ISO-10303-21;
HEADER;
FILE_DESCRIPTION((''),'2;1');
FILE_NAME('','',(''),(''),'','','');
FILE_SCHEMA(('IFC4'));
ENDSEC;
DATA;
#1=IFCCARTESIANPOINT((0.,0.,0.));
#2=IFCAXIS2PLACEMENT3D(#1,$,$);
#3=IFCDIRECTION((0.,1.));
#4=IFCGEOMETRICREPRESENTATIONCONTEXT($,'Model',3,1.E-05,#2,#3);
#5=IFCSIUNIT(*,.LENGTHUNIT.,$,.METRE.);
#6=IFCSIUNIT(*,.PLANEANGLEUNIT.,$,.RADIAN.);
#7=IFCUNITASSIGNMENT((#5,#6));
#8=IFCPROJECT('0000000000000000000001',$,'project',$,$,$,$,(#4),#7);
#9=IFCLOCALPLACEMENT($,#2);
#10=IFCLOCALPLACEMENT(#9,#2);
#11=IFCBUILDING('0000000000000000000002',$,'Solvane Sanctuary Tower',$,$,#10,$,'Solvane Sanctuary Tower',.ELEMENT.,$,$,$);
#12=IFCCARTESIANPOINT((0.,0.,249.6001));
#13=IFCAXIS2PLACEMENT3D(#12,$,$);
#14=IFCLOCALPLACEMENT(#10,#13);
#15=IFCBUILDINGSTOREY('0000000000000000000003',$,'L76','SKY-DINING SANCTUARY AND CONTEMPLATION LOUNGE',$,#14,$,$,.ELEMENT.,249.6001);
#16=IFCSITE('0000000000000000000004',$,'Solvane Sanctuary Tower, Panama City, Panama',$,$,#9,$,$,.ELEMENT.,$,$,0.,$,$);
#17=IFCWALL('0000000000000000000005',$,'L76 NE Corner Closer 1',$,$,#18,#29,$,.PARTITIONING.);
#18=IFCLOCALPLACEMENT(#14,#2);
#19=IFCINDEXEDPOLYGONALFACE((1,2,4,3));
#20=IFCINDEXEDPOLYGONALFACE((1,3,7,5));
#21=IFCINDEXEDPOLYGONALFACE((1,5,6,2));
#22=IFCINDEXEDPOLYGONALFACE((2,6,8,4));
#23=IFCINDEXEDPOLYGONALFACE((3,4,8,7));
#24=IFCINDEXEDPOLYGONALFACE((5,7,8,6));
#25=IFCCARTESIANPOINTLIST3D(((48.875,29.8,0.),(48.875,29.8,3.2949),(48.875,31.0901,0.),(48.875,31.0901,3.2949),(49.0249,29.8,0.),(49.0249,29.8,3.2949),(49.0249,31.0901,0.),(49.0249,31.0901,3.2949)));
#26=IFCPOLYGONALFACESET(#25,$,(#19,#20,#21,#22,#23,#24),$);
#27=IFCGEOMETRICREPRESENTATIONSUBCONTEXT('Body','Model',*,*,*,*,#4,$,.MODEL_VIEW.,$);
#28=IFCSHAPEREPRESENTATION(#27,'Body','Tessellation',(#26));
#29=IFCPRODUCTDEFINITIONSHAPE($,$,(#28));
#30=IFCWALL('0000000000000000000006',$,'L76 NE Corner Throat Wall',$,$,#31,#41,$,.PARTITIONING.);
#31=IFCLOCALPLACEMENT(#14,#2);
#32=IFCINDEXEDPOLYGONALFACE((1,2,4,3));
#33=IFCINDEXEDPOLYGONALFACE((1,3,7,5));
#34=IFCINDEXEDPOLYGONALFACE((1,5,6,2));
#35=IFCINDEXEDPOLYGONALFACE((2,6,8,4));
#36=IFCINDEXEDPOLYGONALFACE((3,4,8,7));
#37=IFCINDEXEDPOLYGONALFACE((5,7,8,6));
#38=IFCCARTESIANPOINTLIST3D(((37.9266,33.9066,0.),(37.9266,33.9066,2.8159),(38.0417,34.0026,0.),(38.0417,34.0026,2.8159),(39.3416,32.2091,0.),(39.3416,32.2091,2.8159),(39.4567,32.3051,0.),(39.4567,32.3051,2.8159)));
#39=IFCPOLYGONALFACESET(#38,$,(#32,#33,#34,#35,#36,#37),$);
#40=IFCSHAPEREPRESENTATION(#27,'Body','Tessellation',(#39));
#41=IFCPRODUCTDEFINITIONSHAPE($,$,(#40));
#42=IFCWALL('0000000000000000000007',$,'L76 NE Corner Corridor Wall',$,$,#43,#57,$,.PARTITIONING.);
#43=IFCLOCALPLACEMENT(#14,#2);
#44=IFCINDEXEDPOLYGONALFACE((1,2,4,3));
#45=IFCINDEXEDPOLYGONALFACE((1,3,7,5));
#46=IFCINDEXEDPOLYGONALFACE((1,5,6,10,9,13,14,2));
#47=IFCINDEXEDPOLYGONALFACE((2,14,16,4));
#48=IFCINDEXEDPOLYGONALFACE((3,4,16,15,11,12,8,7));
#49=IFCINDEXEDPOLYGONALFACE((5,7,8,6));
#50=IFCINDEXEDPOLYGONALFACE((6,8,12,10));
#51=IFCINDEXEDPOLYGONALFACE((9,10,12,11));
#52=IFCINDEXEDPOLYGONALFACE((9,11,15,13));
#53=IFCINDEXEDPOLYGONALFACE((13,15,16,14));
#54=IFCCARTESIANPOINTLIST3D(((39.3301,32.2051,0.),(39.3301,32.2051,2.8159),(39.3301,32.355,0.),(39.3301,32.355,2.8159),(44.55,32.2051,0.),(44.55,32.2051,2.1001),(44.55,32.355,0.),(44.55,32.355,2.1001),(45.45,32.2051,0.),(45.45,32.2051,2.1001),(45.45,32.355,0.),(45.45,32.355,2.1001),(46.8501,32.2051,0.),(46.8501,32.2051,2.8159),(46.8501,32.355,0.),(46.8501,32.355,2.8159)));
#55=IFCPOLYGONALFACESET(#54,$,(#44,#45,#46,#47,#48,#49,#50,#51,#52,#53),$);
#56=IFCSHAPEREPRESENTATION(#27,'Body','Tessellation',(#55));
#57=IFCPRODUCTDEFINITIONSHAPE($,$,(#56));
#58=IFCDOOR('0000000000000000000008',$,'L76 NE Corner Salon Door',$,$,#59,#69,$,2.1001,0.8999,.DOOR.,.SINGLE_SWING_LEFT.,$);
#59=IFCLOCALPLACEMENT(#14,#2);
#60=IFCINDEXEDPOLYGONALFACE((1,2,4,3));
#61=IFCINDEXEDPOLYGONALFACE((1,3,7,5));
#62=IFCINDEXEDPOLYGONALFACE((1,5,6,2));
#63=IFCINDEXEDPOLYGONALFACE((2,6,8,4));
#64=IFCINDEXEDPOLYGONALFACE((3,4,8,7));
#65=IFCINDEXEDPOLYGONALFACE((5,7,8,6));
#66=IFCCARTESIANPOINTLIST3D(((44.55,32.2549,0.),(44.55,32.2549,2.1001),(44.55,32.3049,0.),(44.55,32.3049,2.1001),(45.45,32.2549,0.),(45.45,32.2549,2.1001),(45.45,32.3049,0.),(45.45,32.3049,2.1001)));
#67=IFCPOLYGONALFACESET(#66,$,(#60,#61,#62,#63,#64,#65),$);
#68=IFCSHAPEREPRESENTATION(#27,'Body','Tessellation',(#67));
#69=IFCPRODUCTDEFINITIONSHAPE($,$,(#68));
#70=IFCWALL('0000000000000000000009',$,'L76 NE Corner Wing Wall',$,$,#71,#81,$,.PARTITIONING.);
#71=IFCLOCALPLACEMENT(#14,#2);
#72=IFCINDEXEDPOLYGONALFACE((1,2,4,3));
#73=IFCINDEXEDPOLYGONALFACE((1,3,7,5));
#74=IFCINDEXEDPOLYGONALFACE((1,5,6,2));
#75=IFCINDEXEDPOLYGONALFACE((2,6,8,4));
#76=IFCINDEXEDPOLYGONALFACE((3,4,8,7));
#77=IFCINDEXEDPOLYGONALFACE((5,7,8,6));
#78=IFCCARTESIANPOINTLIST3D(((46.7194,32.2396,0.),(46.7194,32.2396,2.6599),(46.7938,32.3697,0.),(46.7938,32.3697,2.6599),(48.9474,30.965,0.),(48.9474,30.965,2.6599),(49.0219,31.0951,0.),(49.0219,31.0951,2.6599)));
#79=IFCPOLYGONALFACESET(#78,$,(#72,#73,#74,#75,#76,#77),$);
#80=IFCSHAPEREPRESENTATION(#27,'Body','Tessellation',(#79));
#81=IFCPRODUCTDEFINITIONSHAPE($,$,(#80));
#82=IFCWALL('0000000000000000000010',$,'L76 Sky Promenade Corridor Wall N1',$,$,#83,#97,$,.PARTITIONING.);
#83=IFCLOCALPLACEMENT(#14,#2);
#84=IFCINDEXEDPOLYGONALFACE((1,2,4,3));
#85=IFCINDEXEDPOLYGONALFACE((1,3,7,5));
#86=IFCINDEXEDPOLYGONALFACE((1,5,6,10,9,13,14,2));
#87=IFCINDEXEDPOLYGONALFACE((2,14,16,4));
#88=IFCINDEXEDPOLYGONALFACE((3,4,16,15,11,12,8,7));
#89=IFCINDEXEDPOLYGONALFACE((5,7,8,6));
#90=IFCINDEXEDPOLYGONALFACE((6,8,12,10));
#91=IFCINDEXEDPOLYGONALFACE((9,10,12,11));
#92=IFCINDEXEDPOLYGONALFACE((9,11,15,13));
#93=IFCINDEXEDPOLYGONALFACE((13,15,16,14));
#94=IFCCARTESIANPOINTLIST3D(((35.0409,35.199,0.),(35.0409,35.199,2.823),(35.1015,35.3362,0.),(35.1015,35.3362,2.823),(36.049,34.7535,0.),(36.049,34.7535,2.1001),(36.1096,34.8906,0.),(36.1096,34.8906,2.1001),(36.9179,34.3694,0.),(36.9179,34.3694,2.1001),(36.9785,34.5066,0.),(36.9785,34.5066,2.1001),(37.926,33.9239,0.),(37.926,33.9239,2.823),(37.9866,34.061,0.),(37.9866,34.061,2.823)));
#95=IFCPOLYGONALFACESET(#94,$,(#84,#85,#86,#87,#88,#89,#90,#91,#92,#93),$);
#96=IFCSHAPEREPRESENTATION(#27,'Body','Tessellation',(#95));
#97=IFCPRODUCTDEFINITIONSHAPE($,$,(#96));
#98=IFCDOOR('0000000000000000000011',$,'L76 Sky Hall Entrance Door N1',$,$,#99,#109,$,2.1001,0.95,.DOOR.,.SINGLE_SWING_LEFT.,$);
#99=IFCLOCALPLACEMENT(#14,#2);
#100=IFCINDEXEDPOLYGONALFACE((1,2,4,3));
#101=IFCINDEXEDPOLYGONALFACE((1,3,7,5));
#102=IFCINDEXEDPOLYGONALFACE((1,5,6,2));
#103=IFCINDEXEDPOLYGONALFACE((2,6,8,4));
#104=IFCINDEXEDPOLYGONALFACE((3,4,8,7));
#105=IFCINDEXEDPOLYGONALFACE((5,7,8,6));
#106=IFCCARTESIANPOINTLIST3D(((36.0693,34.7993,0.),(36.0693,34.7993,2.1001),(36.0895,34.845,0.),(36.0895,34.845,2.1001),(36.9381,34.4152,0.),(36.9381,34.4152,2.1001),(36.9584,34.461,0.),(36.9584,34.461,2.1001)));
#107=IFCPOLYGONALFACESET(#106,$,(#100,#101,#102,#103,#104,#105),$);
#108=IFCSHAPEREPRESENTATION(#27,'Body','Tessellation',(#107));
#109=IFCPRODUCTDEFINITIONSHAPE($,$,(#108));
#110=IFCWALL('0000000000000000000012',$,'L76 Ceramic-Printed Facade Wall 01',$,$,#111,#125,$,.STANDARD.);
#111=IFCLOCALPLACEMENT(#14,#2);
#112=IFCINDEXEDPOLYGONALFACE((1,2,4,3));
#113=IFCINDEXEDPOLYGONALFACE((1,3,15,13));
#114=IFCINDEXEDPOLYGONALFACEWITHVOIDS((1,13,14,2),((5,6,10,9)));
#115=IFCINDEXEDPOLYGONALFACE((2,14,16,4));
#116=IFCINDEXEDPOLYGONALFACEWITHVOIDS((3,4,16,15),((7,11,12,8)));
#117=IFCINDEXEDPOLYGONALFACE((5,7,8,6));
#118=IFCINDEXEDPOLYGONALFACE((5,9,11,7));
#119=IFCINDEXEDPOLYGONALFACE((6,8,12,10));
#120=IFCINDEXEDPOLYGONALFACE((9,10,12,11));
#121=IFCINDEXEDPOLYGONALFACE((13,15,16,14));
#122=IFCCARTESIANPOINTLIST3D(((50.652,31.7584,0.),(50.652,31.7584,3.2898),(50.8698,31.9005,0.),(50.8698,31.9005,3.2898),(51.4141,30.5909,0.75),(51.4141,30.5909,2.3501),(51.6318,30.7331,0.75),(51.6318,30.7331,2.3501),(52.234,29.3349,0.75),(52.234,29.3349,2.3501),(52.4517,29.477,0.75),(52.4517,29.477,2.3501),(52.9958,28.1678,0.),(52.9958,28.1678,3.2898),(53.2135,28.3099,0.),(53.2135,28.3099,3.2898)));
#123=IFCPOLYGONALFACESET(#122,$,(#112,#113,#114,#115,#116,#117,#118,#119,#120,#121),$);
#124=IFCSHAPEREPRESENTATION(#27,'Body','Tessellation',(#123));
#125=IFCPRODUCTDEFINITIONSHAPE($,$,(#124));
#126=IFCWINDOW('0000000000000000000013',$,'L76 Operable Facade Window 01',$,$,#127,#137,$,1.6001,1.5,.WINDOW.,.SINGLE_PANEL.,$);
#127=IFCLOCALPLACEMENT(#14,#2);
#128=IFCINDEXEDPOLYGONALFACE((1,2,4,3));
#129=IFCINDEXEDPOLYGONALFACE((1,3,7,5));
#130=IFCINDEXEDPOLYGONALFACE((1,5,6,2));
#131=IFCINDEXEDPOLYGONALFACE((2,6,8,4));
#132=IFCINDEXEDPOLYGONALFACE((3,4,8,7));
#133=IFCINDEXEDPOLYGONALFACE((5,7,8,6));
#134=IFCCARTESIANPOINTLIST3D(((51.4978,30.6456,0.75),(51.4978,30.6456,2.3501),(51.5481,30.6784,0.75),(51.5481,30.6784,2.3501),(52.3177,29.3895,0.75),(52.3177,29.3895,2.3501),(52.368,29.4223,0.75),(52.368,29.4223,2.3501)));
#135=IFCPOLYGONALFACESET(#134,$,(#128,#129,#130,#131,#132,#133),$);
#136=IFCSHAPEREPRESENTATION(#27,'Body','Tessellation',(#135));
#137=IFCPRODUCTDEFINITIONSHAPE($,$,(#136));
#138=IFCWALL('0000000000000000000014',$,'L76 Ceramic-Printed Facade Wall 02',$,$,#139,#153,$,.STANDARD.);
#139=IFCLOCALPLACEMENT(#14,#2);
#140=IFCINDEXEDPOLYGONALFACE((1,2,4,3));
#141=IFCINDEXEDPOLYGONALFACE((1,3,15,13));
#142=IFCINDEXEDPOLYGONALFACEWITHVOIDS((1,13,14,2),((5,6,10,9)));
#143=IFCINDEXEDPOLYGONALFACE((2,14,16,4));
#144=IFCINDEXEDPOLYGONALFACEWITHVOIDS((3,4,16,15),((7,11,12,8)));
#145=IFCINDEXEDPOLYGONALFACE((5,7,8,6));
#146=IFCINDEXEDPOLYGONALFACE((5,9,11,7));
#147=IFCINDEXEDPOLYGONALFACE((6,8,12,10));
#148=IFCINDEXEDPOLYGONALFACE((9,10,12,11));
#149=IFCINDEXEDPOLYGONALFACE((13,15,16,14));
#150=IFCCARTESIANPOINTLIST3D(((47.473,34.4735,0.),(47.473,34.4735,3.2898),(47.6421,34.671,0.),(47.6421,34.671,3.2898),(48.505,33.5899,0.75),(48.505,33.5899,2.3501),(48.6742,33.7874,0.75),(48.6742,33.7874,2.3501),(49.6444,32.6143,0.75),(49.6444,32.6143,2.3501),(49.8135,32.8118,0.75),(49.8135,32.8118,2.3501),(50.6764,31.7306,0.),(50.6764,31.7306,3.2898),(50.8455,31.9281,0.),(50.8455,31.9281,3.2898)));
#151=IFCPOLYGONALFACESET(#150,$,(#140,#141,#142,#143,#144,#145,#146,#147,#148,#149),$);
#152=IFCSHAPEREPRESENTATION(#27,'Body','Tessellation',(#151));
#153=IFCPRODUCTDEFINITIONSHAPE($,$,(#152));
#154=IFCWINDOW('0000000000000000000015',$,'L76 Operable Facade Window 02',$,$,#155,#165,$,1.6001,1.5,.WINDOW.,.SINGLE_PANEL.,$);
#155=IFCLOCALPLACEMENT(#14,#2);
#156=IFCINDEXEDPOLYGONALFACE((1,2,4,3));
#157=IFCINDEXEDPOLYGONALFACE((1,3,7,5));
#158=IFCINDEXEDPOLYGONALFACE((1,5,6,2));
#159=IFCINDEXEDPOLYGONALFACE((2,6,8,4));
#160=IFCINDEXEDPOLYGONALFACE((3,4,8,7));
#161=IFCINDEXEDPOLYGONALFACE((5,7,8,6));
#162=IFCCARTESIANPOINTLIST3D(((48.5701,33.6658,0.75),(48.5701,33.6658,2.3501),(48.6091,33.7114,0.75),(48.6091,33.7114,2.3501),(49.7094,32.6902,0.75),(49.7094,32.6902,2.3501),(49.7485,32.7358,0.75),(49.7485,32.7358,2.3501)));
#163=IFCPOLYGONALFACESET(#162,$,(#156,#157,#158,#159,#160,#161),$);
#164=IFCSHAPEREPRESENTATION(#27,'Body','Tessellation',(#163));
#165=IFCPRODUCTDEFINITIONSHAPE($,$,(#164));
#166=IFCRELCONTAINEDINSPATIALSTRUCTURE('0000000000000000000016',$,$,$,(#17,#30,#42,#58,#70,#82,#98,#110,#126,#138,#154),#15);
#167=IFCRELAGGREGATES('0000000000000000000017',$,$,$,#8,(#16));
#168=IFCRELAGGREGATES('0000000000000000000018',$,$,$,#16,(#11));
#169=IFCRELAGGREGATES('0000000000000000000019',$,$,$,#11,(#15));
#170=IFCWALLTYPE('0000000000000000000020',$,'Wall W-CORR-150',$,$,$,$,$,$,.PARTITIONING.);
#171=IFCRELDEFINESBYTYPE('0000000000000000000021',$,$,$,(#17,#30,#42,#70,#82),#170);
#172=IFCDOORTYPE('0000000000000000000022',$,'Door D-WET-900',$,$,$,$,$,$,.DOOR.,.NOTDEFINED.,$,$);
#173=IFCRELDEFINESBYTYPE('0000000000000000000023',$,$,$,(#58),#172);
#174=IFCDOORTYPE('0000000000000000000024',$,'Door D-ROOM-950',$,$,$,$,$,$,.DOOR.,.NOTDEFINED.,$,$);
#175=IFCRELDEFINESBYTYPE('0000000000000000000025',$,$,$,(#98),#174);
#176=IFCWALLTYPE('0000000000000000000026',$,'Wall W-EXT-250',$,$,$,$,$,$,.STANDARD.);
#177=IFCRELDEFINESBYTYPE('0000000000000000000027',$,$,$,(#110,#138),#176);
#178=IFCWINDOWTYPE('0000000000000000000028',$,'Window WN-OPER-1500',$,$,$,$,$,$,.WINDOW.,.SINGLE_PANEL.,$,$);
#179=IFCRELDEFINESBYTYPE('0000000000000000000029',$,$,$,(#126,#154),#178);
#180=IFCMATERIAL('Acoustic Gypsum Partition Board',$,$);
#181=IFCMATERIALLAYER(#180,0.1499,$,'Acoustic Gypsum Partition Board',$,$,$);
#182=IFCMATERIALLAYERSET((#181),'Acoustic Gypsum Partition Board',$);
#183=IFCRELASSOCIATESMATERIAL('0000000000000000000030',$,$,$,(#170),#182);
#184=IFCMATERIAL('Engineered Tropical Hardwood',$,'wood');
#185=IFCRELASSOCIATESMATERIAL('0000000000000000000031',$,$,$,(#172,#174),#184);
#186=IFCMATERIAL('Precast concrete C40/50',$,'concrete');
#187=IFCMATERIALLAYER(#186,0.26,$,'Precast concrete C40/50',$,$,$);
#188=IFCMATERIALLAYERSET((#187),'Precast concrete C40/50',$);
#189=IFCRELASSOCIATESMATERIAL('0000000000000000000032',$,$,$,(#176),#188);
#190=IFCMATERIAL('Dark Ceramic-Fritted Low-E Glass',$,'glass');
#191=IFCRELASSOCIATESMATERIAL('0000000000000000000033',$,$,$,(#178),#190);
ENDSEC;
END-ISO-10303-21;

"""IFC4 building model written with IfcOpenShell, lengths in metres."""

from ifc_helpers import new_model, si_unit, direction, frame, frame_2d, origin, place, context, subcontext, project, spatial, rectangle, extrude, material, layer, layer_set, type_object, element, fill, save


model = new_model("IFC4")

# Units and contexts
model_context = context("Model", 3, precision=1e-05, world=origin(), true_north=direction((0.0, 1.0)))
body_context = subcontext(model_context, "Body", "Model", "MODEL_VIEW")
ifc_project = project(units=[si_unit("LENGTHUNIT", "METRE"), si_unit("PLANEANGLEUNIT", "RADIAN")], contexts=[model_context])

# Site, building, storey
site_placement = place(None, origin())
site = spatial("IfcSite", under=ifc_project, at=site_placement, Name="Solvane Sanctuary Tower, Panama City, Panama", CompositionType="ELEMENT", RefElevation=0.0)
building_placement = place(site_placement, origin())
building = spatial("IfcBuilding", under=site, at=building_placement, Name="Solvane Sanctuary Tower", LongName="Solvane Sanctuary Tower", CompositionType="ELEMENT")
storey_placement = place(building_placement, frame((0.0, 0.0, 249.6001)))
storey = spatial("IfcBuildingStorey", under=building, at=storey_placement, Name="L76", Description="SKY-DINING SANCTUARY AND CONTEMPLATION LOUNGE", CompositionType="ELEMENT", Elevation=249.6001)

# Walls
ifc_material_1 = material(Name="Acoustic Gypsum Partition Board")
ifc_layer_1 = layer(ifc_material_1, 0.1499, Name="Acoustic Gypsum Partition Board")
ifc_layer_set_1 = layer_set([ifc_layer_1], Name="Acoustic Gypsum Partition Board")
wall_type_1 = type_object("IfcWallType", Name="Wall W-CORR-150", PredefinedType="PARTITIONING", material=ifc_layer_set_1)
wall_1_placement = place(storey_placement, frame((48.95, 29.8, 0.0), z_axis=(0.0, 0.0, 1.0), x_axis=(0.0, 1.0, 0.0)))
element("IfcWall", 1, at=wall_1_placement, inside=storey, type_object=wall_type_1, Name="L76 NE Corner Closer 1", PredefinedType="PARTITIONING", context=body_context, shape_type="SweptSolid", body=[
    extrude(rectangle(XDim=1.29, YDim=0.1499, at=frame_2d((0.645, 0.0))), origin(), (0.0, 0.0, 1.0), 3.2949),
])
wall_2_placement = place(storey_placement, frame((37.9841, 33.9546, 0.0), z_axis=(0.0, 0.0, 1.0), x_axis=(0.640304, -0.768122, 0.0)))
element("IfcWall", 2, at=wall_2_placement, inside=storey, type_object=wall_type_1, Name="L76 NE Corner Throat Wall", PredefinedType="PARTITIONING", context=body_context, shape_type="SweptSolid", body=[
    extrude(rectangle(XDim=2.21, YDim=0.1499, at=frame_2d((1.105, 0.0))), origin(), (0.0, 0.0, 1.0), 2.8159),
])

# Wall, opening, door
wall_3_placement = place(storey_placement, frame((39.3301, 32.28, 0.0), z_axis=(0.0, 0.0, 1.0), x_axis=(1.0, 0.0, 0.0)))
wall_3 = element("IfcWall", 3, at=wall_3_placement, inside=storey, type_object=wall_type_1, Name="L76 NE Corner Corridor Wall", PredefinedType="PARTITIONING", context=body_context, shape_type="SweptSolid", body=[
    extrude(rectangle(XDim=7.52, YDim=0.1499, at=frame_2d((3.76, 0.0))), origin(), (0.0, 0.0, 1.0), 2.8159),
])
opening_1_placement = place(wall_3_placement, frame((5.22, 0.0, 0.0)))
opening_1 = element("IfcOpeningElement", 4, at=opening_1_placement, cuts=wall_3, PredefinedType="OPENING", context=body_context, shape_type="SweptSolid", body=[
    extrude(rectangle(XDim=0.8999, YDim=2.1001, at=frame_2d((0.45, 1.05))), frame((0.0, 0.085, 0.0), z_axis=(0.0, -1.0, 0.0), x_axis=(1.0, 0.0, 0.0)), (0.0, 0.0, 1.0), 0.1699),
])
ifc_material_2 = material(Name="Engineered Tropical Hardwood", Category="wood")
door_type_1 = type_object("IfcDoorType", Name="Door D-WET-900", OperationType="NOTDEFINED", PredefinedType="DOOR", material=ifc_material_2)
door_1_placement = place(opening_1_placement, origin())
door_1 = element("IfcDoor", 5, at=door_1_placement, inside=storey, type_object=door_type_1, Name="L76 NE Corner Salon Door", OperationType="SINGLE_SWING_LEFT", OverallHeight=2.1001, OverallWidth=0.8999, PredefinedType="DOOR", context=body_context, shape_type="SweptSolid", body=[
    extrude(rectangle(XDim=0.8999, YDim=2.1001, at=frame_2d((0.45, 1.05))), frame((0.0, 0.0249, 0.0), z_axis=(0.0, -1.0, 0.0), x_axis=(1.0, 0.0, 0.0)), (0.0, 0.0, 1.0), 0.05),
])
fill(opening_1, door_1)

# Wall
wall_4_placement = place(storey_placement, frame((46.7566, 32.3047, 0.0), z_axis=(0.0, 0.0, 1.0), x_axis=(0.867991, -0.496579, 0.0)))
element("IfcWall", 6, at=wall_4_placement, inside=storey, type_object=wall_type_1, Name="L76 NE Corner Wing Wall", PredefinedType="PARTITIONING", context=body_context, shape_type="SweptSolid", body=[
    extrude(rectangle(XDim=2.5669, YDim=0.1499, at=frame_2d((1.2834, 0.0))), origin(), (0.0, 0.0, 1.0), 2.6599),
])

# Wall, opening, door
wall_5_placement = place(storey_placement, frame((37.9563, 33.9924, 0.0), z_axis=(0.0, 0.0, 1.0), x_axis=(-0.914643, 0.404263, 0.0)))
wall_5 = element("IfcWall", 7, at=wall_5_placement, inside=storey, type_object=wall_type_1, Name="L76 Sky Promenade Corridor Wall N1", PredefinedType="PARTITIONING", context=body_context, shape_type="SweptSolid", body=[
    extrude(rectangle(XDim=3.1543, YDim=0.1499, at=frame_2d((1.5771, 0.0))), origin(), (0.0, 0.0, 1.0), 2.823),
])
opening_2_placement = place(wall_5_placement, frame((1.1021, 0.0, 0.0)))
opening_2 = element("IfcOpeningElement", 8, at=opening_2_placement, cuts=wall_5, PredefinedType="OPENING", context=body_context, shape_type="SweptSolid", body=[
    extrude(rectangle(XDim=0.95, YDim=2.1001, at=frame_2d((0.4751, 1.05))), frame((0.0, 0.085, 0.0), z_axis=(0.0, -1.0, 0.0), x_axis=(1.0, 0.0, 0.0)), (0.0, 0.0, 1.0), 0.1699),
])
door_type_2 = type_object("IfcDoorType", Name="Door D-ROOM-950", OperationType="NOTDEFINED", PredefinedType="DOOR", material=ifc_material_2)
door_2_placement = place(opening_2_placement, origin())
door_2 = element("IfcDoor", 9, at=door_2_placement, inside=storey, type_object=door_type_2, Name="L76 Sky Hall Entrance Door N1", OperationType="SINGLE_SWING_LEFT", OverallHeight=2.1001, OverallWidth=0.95, PredefinedType="DOOR", context=body_context, shape_type="SweptSolid", body=[
    extrude(rectangle(XDim=0.95, YDim=2.1001, at=frame_2d((0.4751, 1.05))), frame((0.0, 0.0249, 0.0), z_axis=(0.0, -1.0, 0.0), x_axis=(1.0, 0.0, 0.0)), (0.0, 0.0, 1.0), 0.05),
])
fill(opening_2, door_2)

# Walls, openings, windows
ifc_material_3 = material(Name="Precast concrete C40/50", Category="concrete")
ifc_layer_2 = layer(ifc_material_3, 0.26, Name="Precast concrete C40/50")
ifc_layer_set_2 = layer_set([ifc_layer_2], Name="Precast concrete C40/50")
wall_type_2 = type_object("IfcWallType", Name="Wall W-EXT-250", PredefinedType="STANDARD", material=ifc_layer_set_2)
wall_6_placement = place(storey_placement, frame((53.1047, 28.2388, 0.0), z_axis=(0.0, 0.0, 1.0), x_axis=(-0.546606, 0.83739, 0.0)))
wall_6 = element("IfcWall", 10, at=wall_6_placement, inside=storey, type_object=wall_type_2, Name="L76 Ceramic-Printed Facade Wall 01", PredefinedType="STANDARD", context=body_context, shape_type="SweptSolid", body=[
    extrude(rectangle(XDim=4.2878, YDim=0.26, at=frame_2d((2.144, 0.0))), origin(), (0.0, 0.0, 1.0), 3.2898),
])
opening_3_placement = place(wall_6_placement, frame((1.3938, 0.0, 0.75)))
opening_3 = element("IfcOpeningElement", 11, at=opening_3_placement, cuts=wall_6, PredefinedType="OPENING", context=body_context, shape_type="SweptSolid", body=[
    extrude(rectangle(XDim=1.5, YDim=1.6001, at=frame_2d((0.75, 0.8))), frame((0.0, 0.1399, 0.0), z_axis=(0.0, -1.0, 0.0), x_axis=(1.0, 0.0, 0.0)), (0.0, 0.0, 1.0), 0.28),
])
ifc_material_4 = material(Name="Dark Ceramic-Fritted Low-E Glass", Category="glass")
window_type = type_object("IfcWindowType", Name="Window WN-OPER-1500", PartitioningType="SINGLE_PANEL", PredefinedType="WINDOW", material=ifc_material_4)
window_1_placement = place(opening_3_placement, origin())
window_1 = element("IfcWindow", 12, at=window_1_placement, inside=storey, type_object=window_type, Name="L76 Operable Facade Window 01", OverallHeight=1.6001, OverallWidth=1.5, PartitioningType="SINGLE_PANEL", PredefinedType="WINDOW", context=body_context, shape_type="SweptSolid", body=[
    extrude(rectangle(XDim=1.5, YDim=1.6001, at=frame_2d((0.75, 0.8))), frame((0.0, 0.03, 0.0), z_axis=(0.0, -1.0, 0.0), x_axis=(1.0, 0.0, 0.0)), (0.0, 0.0, 1.0), 0.0601),
])
fill(opening_3, window_1)
wall_7_placement = place(storey_placement, frame((50.761, 31.8293, 0.0), z_axis=(0.0, 0.0, 1.0), x_axis=(-0.759588, 0.650405, 0.0)))
wall_7 = element("IfcWall", 13, at=wall_7_placement, inside=storey, type_object=wall_type_2, Name="L76 Ceramic-Printed Facade Wall 02", PredefinedType="STANDARD", context=body_context, shape_type="SweptSolid", body=[
    extrude(rectangle(XDim=4.2173, YDim=0.26, at=frame_2d((2.1086, 0.0))), origin(), (0.0, 0.0, 1.0), 3.2898),
])
opening_4_placement = place(wall_7_placement, frame((1.3586, 0.0, 0.75)))
opening_4 = element("IfcOpeningElement", 14, at=opening_4_placement, cuts=wall_7, PredefinedType="OPENING", context=body_context, shape_type="SweptSolid", body=[
    extrude(rectangle(XDim=1.5, YDim=1.6001, at=frame_2d((0.75, 0.8))), frame((0.0, 0.1399, 0.0), z_axis=(0.0, -1.0, 0.0), x_axis=(1.0, 0.0, 0.0)), (0.0, 0.0, 1.0), 0.28),
])
window_2_placement = place(opening_4_placement, origin())
window_2 = element("IfcWindow", 15, at=window_2_placement, inside=storey, type_object=window_type, Name="L76 Operable Facade Window 02", OverallHeight=1.6001, OverallWidth=1.5, PartitioningType="SINGLE_PANEL", PredefinedType="WINDOW", context=body_context, shape_type="SweptSolid", body=[
    extrude(rectangle(XDim=1.5, YDim=1.6001, at=frame_2d((0.75, 0.8))), frame((0.0, 0.03, 0.0), z_axis=(0.0, -1.0, 0.0), x_axis=(1.0, 0.0, 0.0)), (0.0, 0.0, 1.0), 0.0601),
])
fill(opening_4, window_2)

save(model, "model.ifc")
